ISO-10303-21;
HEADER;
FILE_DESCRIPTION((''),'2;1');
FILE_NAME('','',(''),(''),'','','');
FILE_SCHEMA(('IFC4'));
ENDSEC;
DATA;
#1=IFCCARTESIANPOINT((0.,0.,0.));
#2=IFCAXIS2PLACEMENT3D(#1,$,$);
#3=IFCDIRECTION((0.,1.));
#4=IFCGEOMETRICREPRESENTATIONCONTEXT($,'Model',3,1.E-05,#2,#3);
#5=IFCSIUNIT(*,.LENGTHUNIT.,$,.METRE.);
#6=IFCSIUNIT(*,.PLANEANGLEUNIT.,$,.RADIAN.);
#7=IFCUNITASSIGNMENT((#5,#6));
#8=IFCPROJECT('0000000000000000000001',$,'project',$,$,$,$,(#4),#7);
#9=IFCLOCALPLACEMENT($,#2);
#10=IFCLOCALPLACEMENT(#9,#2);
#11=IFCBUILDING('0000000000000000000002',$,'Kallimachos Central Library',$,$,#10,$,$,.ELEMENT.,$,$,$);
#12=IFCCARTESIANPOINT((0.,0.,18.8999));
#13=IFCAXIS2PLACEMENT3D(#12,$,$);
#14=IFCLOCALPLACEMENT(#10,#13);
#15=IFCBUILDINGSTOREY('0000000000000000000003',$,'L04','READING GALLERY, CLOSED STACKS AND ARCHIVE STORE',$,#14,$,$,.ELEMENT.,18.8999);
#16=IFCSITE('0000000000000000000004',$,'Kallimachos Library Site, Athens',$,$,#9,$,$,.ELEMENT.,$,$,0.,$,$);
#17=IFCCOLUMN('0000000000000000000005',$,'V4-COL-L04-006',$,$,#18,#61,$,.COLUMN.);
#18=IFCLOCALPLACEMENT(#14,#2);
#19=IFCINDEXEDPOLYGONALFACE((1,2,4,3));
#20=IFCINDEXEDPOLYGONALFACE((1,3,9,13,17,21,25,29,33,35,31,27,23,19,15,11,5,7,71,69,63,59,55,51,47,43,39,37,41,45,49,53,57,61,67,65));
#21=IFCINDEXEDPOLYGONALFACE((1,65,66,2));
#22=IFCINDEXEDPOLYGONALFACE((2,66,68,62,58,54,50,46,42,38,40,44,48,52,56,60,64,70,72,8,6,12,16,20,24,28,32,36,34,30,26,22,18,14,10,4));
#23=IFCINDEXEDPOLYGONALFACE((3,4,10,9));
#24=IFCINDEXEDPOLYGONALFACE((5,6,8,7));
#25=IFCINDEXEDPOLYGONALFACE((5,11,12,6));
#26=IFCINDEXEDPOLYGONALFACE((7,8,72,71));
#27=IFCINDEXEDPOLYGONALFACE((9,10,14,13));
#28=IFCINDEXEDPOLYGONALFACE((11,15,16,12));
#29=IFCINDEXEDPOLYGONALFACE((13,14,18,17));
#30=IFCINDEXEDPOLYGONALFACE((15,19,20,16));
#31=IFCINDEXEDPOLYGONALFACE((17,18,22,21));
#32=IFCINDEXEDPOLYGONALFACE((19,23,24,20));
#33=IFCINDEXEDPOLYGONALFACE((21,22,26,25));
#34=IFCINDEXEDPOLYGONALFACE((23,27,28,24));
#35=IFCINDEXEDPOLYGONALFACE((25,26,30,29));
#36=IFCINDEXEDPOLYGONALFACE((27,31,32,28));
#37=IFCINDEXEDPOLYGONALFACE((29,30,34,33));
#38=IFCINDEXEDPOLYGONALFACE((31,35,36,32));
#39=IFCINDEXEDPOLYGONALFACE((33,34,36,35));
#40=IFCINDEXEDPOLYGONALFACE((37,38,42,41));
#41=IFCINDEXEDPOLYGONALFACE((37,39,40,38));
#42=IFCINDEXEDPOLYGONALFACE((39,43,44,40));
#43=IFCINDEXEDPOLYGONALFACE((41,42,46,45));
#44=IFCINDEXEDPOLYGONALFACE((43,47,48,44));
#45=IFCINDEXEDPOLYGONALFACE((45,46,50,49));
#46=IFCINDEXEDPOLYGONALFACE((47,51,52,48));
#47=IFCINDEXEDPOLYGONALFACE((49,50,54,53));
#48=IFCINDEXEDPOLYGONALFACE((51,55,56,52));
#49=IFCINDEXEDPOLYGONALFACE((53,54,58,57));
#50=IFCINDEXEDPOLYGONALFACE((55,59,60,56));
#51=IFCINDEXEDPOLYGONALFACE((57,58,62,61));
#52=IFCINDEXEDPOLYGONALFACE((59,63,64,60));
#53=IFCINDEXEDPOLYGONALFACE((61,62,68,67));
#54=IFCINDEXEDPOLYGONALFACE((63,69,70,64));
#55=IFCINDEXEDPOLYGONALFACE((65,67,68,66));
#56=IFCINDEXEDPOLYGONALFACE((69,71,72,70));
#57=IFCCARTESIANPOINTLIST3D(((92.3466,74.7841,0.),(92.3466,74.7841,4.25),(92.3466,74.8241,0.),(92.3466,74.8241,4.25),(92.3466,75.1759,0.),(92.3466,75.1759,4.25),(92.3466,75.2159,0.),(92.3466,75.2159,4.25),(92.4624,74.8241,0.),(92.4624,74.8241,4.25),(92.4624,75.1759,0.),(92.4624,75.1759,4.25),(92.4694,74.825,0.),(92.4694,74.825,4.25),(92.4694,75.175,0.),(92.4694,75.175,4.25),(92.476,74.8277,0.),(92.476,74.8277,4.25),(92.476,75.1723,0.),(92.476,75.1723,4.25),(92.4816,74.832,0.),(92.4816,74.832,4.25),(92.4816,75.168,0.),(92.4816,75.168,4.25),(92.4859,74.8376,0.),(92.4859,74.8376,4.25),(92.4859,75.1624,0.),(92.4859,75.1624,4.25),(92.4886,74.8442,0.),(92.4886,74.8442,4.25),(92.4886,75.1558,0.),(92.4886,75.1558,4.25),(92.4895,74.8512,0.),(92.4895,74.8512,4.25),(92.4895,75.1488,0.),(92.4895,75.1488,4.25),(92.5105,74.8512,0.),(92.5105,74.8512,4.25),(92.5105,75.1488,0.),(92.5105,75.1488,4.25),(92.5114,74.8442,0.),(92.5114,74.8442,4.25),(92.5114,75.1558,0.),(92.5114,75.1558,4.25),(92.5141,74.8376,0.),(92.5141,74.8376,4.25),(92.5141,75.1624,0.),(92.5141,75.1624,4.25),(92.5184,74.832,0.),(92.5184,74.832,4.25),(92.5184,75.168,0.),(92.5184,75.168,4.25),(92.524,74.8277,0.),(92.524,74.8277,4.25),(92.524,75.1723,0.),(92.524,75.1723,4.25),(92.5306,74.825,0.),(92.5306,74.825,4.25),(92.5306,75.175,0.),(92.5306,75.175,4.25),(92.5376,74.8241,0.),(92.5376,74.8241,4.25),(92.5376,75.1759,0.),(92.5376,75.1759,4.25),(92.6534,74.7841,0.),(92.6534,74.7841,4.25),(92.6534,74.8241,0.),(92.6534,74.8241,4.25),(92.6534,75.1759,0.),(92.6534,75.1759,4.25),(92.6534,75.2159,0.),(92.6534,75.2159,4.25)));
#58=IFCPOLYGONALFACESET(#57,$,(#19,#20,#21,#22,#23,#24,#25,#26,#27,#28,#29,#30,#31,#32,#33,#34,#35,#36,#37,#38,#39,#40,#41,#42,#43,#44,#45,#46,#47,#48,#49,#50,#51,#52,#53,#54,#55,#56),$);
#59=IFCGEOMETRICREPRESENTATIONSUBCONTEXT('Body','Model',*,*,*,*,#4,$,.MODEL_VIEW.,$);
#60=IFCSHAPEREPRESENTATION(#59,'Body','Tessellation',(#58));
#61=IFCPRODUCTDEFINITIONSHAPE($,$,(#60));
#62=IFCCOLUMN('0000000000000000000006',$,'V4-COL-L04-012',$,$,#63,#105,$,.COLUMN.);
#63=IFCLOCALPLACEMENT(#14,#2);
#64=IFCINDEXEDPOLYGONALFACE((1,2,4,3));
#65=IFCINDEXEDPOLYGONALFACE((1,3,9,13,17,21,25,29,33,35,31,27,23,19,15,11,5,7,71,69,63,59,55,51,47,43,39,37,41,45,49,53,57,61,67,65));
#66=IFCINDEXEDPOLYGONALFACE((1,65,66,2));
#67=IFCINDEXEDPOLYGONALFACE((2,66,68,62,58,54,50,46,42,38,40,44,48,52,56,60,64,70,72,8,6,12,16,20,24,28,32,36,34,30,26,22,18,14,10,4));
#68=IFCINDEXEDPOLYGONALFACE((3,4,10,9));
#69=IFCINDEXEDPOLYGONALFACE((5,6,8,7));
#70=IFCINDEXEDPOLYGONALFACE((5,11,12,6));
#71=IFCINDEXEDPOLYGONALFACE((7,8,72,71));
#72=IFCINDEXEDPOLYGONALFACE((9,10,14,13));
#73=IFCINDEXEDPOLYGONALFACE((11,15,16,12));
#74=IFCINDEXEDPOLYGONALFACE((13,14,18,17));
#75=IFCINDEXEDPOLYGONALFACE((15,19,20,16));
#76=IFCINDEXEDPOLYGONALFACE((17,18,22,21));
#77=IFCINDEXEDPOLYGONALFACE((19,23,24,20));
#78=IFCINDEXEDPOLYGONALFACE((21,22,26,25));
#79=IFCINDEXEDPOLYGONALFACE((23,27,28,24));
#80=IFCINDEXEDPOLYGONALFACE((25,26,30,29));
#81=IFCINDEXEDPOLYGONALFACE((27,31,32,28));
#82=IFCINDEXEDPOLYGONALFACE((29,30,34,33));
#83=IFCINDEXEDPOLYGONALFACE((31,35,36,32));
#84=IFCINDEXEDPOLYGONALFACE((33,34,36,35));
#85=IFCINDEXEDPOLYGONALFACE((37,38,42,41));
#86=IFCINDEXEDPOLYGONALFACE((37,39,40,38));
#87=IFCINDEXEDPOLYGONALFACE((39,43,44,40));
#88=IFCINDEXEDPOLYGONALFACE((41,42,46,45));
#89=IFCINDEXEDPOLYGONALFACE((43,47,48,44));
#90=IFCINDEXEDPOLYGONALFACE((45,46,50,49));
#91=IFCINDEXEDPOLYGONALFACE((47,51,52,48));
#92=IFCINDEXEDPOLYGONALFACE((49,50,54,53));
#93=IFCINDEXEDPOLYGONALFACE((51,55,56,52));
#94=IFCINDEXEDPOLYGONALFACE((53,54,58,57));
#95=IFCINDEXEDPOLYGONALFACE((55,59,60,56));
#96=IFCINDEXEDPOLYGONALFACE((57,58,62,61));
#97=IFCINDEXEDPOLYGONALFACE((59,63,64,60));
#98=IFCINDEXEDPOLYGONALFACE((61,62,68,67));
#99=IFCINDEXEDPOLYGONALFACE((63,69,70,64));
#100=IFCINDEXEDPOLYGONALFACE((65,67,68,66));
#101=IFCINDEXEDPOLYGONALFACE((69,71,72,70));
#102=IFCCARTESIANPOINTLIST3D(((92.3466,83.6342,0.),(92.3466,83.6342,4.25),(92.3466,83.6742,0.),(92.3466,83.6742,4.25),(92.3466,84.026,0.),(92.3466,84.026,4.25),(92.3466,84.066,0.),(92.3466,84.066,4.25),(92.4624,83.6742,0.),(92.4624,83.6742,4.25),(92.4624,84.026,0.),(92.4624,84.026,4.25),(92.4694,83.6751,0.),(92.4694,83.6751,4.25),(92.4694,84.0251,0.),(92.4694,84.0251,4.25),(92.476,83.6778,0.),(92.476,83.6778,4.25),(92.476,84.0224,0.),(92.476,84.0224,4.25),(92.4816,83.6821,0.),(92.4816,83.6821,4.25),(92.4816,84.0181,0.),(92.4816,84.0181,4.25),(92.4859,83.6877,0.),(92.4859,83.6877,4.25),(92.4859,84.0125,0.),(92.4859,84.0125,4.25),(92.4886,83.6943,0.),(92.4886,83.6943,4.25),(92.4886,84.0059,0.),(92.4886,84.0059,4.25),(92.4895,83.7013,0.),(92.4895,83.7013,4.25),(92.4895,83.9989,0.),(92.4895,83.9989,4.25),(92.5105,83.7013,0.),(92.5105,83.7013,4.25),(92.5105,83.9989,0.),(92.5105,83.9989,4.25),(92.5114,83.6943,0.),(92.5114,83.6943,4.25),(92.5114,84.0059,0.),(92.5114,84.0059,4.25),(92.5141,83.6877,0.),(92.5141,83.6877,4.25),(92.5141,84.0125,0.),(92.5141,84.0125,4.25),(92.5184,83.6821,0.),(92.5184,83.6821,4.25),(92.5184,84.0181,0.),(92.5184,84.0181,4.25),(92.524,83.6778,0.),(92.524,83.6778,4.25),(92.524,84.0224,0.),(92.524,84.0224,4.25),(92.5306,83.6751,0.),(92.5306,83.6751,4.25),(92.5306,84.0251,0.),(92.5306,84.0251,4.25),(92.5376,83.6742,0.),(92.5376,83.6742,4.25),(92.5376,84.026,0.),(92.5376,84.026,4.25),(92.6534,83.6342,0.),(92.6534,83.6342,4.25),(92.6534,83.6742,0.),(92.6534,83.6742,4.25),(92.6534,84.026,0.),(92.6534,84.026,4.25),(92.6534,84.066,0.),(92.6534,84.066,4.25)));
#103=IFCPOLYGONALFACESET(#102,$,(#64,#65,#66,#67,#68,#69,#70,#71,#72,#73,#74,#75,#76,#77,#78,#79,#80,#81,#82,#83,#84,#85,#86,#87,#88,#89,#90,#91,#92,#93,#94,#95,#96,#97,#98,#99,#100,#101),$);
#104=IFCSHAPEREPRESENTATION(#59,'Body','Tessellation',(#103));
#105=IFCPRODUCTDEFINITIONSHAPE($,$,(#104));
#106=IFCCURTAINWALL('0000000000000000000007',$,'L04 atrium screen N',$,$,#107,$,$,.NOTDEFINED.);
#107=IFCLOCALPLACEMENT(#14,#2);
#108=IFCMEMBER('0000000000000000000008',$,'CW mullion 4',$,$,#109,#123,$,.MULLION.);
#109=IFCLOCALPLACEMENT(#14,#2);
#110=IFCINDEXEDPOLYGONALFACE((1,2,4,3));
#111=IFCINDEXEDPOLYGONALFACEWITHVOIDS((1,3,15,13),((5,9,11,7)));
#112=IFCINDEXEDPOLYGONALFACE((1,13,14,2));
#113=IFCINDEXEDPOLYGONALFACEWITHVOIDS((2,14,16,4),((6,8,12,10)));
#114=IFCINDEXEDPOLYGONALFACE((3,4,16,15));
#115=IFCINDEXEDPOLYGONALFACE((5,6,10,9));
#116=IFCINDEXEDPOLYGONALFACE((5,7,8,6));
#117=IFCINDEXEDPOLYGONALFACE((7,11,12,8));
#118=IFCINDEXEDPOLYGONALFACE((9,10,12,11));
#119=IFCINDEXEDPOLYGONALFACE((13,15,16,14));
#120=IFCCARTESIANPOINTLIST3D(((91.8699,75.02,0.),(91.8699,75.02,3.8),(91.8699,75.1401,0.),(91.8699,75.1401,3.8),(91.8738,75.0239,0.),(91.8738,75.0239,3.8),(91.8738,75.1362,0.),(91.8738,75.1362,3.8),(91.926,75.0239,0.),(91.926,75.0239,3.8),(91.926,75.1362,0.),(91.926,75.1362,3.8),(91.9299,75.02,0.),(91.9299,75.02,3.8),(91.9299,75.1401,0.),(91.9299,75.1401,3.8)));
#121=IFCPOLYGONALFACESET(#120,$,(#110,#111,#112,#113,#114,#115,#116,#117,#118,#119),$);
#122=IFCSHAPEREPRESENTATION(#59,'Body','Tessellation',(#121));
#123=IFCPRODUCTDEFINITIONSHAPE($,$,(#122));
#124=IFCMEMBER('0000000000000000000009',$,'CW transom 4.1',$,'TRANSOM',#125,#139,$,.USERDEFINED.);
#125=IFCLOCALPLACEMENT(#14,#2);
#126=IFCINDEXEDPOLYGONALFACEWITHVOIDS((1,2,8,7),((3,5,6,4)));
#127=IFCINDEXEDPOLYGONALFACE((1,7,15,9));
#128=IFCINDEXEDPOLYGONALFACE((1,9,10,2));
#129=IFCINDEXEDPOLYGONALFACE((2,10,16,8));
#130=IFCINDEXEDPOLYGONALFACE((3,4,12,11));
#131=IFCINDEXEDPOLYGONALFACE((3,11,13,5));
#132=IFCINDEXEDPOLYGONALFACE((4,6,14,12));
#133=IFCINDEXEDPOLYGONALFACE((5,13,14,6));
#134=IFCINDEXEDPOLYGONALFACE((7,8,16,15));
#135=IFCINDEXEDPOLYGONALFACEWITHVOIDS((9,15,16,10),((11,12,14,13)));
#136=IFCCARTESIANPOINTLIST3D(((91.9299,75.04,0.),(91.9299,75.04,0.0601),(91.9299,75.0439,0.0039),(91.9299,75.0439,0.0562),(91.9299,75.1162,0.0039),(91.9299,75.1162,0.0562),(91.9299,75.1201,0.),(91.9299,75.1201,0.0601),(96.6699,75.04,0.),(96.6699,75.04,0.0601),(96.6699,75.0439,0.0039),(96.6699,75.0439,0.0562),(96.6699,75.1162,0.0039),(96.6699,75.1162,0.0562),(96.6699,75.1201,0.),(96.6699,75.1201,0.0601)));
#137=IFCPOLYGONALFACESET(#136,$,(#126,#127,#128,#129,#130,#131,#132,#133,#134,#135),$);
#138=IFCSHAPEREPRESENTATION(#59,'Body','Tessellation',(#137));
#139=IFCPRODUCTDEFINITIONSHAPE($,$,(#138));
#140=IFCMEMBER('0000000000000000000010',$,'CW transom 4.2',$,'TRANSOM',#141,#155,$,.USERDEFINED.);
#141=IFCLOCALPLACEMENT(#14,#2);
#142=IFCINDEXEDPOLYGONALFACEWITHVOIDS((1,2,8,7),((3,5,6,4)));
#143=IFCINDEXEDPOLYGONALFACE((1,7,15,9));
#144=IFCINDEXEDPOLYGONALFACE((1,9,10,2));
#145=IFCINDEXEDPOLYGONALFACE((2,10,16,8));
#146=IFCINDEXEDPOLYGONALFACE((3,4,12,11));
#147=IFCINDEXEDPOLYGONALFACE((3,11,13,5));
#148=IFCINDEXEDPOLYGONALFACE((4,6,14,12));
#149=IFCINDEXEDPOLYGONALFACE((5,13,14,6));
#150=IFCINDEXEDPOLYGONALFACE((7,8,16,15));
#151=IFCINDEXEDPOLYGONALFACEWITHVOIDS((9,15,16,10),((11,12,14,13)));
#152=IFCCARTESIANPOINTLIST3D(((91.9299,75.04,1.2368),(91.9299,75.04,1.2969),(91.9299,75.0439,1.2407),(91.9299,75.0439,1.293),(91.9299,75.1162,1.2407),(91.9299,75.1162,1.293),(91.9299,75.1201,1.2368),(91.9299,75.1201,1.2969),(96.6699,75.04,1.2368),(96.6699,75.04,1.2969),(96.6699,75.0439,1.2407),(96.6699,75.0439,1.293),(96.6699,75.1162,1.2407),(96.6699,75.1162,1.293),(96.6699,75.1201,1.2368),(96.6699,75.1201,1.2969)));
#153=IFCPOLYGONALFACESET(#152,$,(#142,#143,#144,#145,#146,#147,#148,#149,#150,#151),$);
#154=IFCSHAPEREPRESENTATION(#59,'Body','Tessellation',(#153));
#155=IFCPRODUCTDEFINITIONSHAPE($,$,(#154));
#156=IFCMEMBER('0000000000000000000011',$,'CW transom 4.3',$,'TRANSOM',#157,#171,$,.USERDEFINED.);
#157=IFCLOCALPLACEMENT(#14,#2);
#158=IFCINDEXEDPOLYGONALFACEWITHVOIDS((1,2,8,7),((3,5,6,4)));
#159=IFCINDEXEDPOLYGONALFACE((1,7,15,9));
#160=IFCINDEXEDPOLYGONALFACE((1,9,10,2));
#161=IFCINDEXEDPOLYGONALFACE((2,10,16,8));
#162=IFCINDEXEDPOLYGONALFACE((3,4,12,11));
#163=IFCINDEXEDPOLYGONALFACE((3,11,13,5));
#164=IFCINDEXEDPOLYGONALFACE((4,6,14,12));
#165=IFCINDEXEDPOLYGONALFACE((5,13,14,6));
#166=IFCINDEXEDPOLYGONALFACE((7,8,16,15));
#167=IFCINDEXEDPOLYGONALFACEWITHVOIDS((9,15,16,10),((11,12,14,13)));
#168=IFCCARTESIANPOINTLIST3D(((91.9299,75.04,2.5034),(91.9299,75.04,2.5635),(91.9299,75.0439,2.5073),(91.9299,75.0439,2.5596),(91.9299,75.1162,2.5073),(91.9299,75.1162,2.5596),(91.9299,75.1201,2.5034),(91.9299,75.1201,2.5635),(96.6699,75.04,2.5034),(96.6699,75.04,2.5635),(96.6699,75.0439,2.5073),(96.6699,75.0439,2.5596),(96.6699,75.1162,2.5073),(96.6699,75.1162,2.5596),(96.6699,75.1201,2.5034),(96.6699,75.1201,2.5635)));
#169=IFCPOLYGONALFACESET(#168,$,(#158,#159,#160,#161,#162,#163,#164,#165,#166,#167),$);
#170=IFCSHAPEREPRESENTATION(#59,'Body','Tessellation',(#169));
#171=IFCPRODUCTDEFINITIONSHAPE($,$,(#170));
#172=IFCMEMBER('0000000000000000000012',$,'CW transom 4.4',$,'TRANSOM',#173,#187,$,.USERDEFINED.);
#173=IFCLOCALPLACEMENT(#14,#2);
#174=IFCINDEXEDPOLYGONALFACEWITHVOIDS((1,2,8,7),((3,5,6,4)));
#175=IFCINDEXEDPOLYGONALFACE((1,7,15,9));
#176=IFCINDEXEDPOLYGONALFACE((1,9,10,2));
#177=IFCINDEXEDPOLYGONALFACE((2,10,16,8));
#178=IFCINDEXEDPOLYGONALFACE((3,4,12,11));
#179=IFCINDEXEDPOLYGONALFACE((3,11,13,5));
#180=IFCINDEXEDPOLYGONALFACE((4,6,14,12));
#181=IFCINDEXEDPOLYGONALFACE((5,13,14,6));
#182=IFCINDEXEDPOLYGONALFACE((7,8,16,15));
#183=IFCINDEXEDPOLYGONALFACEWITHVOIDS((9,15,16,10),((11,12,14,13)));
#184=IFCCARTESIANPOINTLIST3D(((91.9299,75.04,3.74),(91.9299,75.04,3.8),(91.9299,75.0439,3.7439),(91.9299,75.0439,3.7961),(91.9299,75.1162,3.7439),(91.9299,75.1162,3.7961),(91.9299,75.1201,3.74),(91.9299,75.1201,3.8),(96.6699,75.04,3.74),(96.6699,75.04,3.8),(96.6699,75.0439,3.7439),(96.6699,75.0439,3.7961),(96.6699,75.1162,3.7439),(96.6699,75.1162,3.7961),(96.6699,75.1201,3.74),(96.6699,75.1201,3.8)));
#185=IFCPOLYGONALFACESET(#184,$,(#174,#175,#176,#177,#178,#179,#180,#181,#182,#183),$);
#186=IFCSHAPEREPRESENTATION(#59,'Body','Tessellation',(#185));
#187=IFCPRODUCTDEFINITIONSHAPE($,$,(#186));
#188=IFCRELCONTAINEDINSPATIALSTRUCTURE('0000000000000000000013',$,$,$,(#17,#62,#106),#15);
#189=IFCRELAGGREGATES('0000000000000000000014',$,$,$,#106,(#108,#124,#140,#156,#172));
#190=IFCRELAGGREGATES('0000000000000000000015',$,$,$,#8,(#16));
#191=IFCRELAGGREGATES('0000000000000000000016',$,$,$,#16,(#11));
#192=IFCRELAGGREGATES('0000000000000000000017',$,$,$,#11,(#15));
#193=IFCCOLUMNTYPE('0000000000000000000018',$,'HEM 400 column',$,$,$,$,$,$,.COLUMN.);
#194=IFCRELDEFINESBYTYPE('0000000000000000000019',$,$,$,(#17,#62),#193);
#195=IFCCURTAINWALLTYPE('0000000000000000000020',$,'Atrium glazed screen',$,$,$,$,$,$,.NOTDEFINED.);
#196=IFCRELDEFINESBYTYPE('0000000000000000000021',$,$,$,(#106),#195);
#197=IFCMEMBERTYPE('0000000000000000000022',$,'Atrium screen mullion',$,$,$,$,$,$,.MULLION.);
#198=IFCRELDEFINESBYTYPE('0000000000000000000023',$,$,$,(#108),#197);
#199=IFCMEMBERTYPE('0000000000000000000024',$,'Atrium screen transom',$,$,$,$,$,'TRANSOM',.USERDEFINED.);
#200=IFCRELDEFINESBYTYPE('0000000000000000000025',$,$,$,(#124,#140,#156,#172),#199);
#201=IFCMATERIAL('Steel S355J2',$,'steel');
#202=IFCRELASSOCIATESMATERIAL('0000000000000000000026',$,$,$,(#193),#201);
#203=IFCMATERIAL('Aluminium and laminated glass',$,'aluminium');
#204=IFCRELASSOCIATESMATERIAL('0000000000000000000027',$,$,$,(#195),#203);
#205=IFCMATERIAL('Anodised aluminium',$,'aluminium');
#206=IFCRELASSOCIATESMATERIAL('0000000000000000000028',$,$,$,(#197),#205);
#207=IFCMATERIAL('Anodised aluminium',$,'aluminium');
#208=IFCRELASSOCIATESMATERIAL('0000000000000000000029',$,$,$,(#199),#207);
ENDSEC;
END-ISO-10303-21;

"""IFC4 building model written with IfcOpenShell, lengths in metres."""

from ifc_helpers import new_model, si_unit, direction, frame, origin, origin_2d, place, context, subcontext, project, spatial, hollow_rectangle, i_section, extrude, material, material_profile, profile_set, type_object, element, aggregate, save


model = new_model("IFC4")

# Units and contexts
model_context = context("Model", 3, precision=1e-05, world=origin(), true_north=direction((0.0, 1.0)))
body_context = subcontext(model_context, "Body", "Model", "MODEL_VIEW")
ifc_project = project(units=[si_unit("LENGTHUNIT", "METRE"), si_unit("PLANEANGLEUNIT", "RADIAN")], contexts=[model_context])

# Site, building, storey
site_placement = place(None, origin())
site = spatial("IfcSite", under=ifc_project, at=site_placement, Name="Kallimachos Library Site, Athens", CompositionType="ELEMENT", RefElevation=0.0)
building_placement = place(site_placement, origin())
building = spatial("IfcBuilding", under=site, at=building_placement, Name="Kallimachos Central Library", CompositionType="ELEMENT")
storey_placement = place(building_placement, frame((0.0, 0.0, 18.8999)))
storey = spatial("IfcBuildingStorey", under=building, at=storey_placement, Name="L04", Description="READING GALLERY, CLOSED STACKS AND ARCHIVE STORE", CompositionType="ELEMENT", Elevation=18.8999)

# Columns
ifc_material_1 = material(Name="Steel S355J2", Category="steel")
ifc_material_profile_1 = material_profile(ifc_material_1, i_section(OverallWidth=0.3069, OverallDepth=0.4319, WebThickness=0.021, FlangeThickness=0.04, FilletRadius=0.0271, at=origin_2d()), Name="HEM 400")
ifc_profile_set_1 = profile_set([ifc_material_profile_1], Name="Steel S355J2")
column_type = type_object("IfcColumnType", Name="HEM 400 column", PredefinedType="COLUMN", material=ifc_profile_set_1)
for number, where, z_axis, x_axis, name in (
    (1, (92.5, 75.0, 0.0), (0.0, 0.0, 1.0), (1.0, 0.0, 0.0), "V4-COL-L04-006"),
    (2, (92.5, 83.8501, 0.0), (0.0, 0.0, 1.0), (1.0, 0.0, 0.0), "V4-COL-L04-012"),
):
    element("IfcColumn", number, at=place(storey_placement, frame(where, z_axis=z_axis, x_axis=x_axis)), inside=storey, type_object=column_type, Name=name, PredefinedType="COLUMN", context=body_context, shape_type="SweptSolid", body=[
        extrude(i_section(OverallWidth=0.3069, OverallDepth=0.4319, WebThickness=0.021, FlangeThickness=0.04, FilletRadius=0.0271, at=origin_2d()), origin(), (0.0, 0.0, 1.0), 4.25),
    ])

# Curtain wall, members
ifc_material_2 = material(Name="Aluminium and laminated glass", Category="aluminium")
curtain_wall_type_1 = type_object("IfcCurtainWallType", Name="Atrium glazed screen", PredefinedType="NOTDEFINED", material=ifc_material_2)
curtain_wall_1_placement = place(storey_placement, origin())
curtain_wall_1 = element("IfcCurtainWall", 3, at=curtain_wall_1_placement, inside=storey, type_object=curtain_wall_type_1, Name="L04 atrium screen N", PredefinedType="NOTDEFINED")
ifc_material_3 = material(Name="Anodised aluminium", Category="aluminium")
ifc_material_profile_2 = material_profile(ifc_material_3, hollow_rectangle(XDim=0.0601, YDim=0.1201, WallThickness=0.0039, at=origin_2d()), Name="ALU MULLION 60x120")
ifc_profile_set_2 = profile_set([ifc_material_profile_2], Name="Anodised aluminium")
member_type_1 = type_object("IfcMemberType", Name="Atrium screen mullion", PredefinedType="MULLION", material=ifc_profile_set_2)
member_1_placement = place(storey_placement, frame((91.8999, 75.0801, 0.0), z_axis=(0.0, 0.0, 1.0), x_axis=(1.0, 0.0, 0.0)))
member_1 = element("IfcMember", 4, at=member_1_placement, type_object=member_type_1, Name="CW mullion 4", PredefinedType="MULLION", context=body_context, shape_type="SweptSolid", body=[
    extrude(hollow_rectangle(XDim=0.0601, YDim=0.1201, WallThickness=0.0039, at=origin_2d()), origin(), (0.0, 0.0, 1.0), 3.8),
])
ifc_material_4 = material(Name="Anodised aluminium", Category="aluminium")
ifc_material_profile_3 = material_profile(ifc_material_4, hollow_rectangle(XDim=0.0601, YDim=0.0801, WallThickness=0.0039, at=origin_2d()), Name="ALU TRANSOM 60x80")
ifc_profile_set_3 = profile_set([ifc_material_profile_3], Name="Anodised aluminium")
member_type_2 = type_object("IfcMemberType", Name="Atrium screen transom", ElementType="TRANSOM", PredefinedType="USERDEFINED", material=ifc_profile_set_3)
member_2_placement = place(storey_placement, frame((91.9299, 75.0801, 0.03), z_axis=(1.0, 0.0, 0.0), x_axis=(0.0, 0.0, 1.0)))
member_2 = element("IfcMember", 5, at=member_2_placement, type_object=member_type_2, Name="CW transom 4.1", ObjectType="TRANSOM", PredefinedType="USERDEFINED", context=body_context, shape_type="SweptSolid", body=[
    extrude(hollow_rectangle(XDim=0.0601, YDim=0.0801, WallThickness=0.0039, at=origin_2d()), origin(), (0.0, 0.0, 1.0), 4.74),
])
member_3_placement = place(storey_placement, frame((91.9299, 75.0801, 1.2668), z_axis=(1.0, 0.0, 0.0), x_axis=(0.0, 0.0, 1.0)))
member_3 = element("IfcMember", 6, at=member_3_placement, type_object=member_type_2, Name="CW transom 4.2", ObjectType="TRANSOM", PredefinedType="USERDEFINED", context=body_context, shape_type="SweptSolid", body=[
    extrude(hollow_rectangle(XDim=0.0601, YDim=0.0801, WallThickness=0.0039, at=origin_2d()), origin(), (0.0, 0.0, 1.0), 4.74),
])
member_4_placement = place(storey_placement, frame((91.9299, 75.0801, 2.5334), z_axis=(1.0, 0.0, 0.0), x_axis=(0.0, 0.0, 1.0)))
member_4 = element("IfcMember", 7, at=member_4_placement, type_object=member_type_2, Name="CW transom 4.3", ObjectType="TRANSOM", PredefinedType="USERDEFINED", context=body_context, shape_type="SweptSolid", body=[
    extrude(hollow_rectangle(XDim=0.0601, YDim=0.0801, WallThickness=0.0039, at=origin_2d()), origin(), (0.0, 0.0, 1.0), 4.74),
])
member_5_placement = place(storey_placement, frame((91.9299, 75.0801, 3.77), z_axis=(1.0, 0.0, 0.0), x_axis=(0.0, 0.0, 1.0)))
member_5 = element("IfcMember", 8, at=member_5_placement, type_object=member_type_2, Name="CW transom 4.4", ObjectType="TRANSOM", PredefinedType="USERDEFINED", context=body_context, shape_type="SweptSolid", body=[
    extrude(hollow_rectangle(XDim=0.0601, YDim=0.0801, WallThickness=0.0039, at=origin_2d()), origin(), (0.0, 0.0, 1.0), 4.74),
])

aggregate(curtain_wall_1, [member_1, member_2, member_3, member_4, member_5])

save(model, "model.ifc")
